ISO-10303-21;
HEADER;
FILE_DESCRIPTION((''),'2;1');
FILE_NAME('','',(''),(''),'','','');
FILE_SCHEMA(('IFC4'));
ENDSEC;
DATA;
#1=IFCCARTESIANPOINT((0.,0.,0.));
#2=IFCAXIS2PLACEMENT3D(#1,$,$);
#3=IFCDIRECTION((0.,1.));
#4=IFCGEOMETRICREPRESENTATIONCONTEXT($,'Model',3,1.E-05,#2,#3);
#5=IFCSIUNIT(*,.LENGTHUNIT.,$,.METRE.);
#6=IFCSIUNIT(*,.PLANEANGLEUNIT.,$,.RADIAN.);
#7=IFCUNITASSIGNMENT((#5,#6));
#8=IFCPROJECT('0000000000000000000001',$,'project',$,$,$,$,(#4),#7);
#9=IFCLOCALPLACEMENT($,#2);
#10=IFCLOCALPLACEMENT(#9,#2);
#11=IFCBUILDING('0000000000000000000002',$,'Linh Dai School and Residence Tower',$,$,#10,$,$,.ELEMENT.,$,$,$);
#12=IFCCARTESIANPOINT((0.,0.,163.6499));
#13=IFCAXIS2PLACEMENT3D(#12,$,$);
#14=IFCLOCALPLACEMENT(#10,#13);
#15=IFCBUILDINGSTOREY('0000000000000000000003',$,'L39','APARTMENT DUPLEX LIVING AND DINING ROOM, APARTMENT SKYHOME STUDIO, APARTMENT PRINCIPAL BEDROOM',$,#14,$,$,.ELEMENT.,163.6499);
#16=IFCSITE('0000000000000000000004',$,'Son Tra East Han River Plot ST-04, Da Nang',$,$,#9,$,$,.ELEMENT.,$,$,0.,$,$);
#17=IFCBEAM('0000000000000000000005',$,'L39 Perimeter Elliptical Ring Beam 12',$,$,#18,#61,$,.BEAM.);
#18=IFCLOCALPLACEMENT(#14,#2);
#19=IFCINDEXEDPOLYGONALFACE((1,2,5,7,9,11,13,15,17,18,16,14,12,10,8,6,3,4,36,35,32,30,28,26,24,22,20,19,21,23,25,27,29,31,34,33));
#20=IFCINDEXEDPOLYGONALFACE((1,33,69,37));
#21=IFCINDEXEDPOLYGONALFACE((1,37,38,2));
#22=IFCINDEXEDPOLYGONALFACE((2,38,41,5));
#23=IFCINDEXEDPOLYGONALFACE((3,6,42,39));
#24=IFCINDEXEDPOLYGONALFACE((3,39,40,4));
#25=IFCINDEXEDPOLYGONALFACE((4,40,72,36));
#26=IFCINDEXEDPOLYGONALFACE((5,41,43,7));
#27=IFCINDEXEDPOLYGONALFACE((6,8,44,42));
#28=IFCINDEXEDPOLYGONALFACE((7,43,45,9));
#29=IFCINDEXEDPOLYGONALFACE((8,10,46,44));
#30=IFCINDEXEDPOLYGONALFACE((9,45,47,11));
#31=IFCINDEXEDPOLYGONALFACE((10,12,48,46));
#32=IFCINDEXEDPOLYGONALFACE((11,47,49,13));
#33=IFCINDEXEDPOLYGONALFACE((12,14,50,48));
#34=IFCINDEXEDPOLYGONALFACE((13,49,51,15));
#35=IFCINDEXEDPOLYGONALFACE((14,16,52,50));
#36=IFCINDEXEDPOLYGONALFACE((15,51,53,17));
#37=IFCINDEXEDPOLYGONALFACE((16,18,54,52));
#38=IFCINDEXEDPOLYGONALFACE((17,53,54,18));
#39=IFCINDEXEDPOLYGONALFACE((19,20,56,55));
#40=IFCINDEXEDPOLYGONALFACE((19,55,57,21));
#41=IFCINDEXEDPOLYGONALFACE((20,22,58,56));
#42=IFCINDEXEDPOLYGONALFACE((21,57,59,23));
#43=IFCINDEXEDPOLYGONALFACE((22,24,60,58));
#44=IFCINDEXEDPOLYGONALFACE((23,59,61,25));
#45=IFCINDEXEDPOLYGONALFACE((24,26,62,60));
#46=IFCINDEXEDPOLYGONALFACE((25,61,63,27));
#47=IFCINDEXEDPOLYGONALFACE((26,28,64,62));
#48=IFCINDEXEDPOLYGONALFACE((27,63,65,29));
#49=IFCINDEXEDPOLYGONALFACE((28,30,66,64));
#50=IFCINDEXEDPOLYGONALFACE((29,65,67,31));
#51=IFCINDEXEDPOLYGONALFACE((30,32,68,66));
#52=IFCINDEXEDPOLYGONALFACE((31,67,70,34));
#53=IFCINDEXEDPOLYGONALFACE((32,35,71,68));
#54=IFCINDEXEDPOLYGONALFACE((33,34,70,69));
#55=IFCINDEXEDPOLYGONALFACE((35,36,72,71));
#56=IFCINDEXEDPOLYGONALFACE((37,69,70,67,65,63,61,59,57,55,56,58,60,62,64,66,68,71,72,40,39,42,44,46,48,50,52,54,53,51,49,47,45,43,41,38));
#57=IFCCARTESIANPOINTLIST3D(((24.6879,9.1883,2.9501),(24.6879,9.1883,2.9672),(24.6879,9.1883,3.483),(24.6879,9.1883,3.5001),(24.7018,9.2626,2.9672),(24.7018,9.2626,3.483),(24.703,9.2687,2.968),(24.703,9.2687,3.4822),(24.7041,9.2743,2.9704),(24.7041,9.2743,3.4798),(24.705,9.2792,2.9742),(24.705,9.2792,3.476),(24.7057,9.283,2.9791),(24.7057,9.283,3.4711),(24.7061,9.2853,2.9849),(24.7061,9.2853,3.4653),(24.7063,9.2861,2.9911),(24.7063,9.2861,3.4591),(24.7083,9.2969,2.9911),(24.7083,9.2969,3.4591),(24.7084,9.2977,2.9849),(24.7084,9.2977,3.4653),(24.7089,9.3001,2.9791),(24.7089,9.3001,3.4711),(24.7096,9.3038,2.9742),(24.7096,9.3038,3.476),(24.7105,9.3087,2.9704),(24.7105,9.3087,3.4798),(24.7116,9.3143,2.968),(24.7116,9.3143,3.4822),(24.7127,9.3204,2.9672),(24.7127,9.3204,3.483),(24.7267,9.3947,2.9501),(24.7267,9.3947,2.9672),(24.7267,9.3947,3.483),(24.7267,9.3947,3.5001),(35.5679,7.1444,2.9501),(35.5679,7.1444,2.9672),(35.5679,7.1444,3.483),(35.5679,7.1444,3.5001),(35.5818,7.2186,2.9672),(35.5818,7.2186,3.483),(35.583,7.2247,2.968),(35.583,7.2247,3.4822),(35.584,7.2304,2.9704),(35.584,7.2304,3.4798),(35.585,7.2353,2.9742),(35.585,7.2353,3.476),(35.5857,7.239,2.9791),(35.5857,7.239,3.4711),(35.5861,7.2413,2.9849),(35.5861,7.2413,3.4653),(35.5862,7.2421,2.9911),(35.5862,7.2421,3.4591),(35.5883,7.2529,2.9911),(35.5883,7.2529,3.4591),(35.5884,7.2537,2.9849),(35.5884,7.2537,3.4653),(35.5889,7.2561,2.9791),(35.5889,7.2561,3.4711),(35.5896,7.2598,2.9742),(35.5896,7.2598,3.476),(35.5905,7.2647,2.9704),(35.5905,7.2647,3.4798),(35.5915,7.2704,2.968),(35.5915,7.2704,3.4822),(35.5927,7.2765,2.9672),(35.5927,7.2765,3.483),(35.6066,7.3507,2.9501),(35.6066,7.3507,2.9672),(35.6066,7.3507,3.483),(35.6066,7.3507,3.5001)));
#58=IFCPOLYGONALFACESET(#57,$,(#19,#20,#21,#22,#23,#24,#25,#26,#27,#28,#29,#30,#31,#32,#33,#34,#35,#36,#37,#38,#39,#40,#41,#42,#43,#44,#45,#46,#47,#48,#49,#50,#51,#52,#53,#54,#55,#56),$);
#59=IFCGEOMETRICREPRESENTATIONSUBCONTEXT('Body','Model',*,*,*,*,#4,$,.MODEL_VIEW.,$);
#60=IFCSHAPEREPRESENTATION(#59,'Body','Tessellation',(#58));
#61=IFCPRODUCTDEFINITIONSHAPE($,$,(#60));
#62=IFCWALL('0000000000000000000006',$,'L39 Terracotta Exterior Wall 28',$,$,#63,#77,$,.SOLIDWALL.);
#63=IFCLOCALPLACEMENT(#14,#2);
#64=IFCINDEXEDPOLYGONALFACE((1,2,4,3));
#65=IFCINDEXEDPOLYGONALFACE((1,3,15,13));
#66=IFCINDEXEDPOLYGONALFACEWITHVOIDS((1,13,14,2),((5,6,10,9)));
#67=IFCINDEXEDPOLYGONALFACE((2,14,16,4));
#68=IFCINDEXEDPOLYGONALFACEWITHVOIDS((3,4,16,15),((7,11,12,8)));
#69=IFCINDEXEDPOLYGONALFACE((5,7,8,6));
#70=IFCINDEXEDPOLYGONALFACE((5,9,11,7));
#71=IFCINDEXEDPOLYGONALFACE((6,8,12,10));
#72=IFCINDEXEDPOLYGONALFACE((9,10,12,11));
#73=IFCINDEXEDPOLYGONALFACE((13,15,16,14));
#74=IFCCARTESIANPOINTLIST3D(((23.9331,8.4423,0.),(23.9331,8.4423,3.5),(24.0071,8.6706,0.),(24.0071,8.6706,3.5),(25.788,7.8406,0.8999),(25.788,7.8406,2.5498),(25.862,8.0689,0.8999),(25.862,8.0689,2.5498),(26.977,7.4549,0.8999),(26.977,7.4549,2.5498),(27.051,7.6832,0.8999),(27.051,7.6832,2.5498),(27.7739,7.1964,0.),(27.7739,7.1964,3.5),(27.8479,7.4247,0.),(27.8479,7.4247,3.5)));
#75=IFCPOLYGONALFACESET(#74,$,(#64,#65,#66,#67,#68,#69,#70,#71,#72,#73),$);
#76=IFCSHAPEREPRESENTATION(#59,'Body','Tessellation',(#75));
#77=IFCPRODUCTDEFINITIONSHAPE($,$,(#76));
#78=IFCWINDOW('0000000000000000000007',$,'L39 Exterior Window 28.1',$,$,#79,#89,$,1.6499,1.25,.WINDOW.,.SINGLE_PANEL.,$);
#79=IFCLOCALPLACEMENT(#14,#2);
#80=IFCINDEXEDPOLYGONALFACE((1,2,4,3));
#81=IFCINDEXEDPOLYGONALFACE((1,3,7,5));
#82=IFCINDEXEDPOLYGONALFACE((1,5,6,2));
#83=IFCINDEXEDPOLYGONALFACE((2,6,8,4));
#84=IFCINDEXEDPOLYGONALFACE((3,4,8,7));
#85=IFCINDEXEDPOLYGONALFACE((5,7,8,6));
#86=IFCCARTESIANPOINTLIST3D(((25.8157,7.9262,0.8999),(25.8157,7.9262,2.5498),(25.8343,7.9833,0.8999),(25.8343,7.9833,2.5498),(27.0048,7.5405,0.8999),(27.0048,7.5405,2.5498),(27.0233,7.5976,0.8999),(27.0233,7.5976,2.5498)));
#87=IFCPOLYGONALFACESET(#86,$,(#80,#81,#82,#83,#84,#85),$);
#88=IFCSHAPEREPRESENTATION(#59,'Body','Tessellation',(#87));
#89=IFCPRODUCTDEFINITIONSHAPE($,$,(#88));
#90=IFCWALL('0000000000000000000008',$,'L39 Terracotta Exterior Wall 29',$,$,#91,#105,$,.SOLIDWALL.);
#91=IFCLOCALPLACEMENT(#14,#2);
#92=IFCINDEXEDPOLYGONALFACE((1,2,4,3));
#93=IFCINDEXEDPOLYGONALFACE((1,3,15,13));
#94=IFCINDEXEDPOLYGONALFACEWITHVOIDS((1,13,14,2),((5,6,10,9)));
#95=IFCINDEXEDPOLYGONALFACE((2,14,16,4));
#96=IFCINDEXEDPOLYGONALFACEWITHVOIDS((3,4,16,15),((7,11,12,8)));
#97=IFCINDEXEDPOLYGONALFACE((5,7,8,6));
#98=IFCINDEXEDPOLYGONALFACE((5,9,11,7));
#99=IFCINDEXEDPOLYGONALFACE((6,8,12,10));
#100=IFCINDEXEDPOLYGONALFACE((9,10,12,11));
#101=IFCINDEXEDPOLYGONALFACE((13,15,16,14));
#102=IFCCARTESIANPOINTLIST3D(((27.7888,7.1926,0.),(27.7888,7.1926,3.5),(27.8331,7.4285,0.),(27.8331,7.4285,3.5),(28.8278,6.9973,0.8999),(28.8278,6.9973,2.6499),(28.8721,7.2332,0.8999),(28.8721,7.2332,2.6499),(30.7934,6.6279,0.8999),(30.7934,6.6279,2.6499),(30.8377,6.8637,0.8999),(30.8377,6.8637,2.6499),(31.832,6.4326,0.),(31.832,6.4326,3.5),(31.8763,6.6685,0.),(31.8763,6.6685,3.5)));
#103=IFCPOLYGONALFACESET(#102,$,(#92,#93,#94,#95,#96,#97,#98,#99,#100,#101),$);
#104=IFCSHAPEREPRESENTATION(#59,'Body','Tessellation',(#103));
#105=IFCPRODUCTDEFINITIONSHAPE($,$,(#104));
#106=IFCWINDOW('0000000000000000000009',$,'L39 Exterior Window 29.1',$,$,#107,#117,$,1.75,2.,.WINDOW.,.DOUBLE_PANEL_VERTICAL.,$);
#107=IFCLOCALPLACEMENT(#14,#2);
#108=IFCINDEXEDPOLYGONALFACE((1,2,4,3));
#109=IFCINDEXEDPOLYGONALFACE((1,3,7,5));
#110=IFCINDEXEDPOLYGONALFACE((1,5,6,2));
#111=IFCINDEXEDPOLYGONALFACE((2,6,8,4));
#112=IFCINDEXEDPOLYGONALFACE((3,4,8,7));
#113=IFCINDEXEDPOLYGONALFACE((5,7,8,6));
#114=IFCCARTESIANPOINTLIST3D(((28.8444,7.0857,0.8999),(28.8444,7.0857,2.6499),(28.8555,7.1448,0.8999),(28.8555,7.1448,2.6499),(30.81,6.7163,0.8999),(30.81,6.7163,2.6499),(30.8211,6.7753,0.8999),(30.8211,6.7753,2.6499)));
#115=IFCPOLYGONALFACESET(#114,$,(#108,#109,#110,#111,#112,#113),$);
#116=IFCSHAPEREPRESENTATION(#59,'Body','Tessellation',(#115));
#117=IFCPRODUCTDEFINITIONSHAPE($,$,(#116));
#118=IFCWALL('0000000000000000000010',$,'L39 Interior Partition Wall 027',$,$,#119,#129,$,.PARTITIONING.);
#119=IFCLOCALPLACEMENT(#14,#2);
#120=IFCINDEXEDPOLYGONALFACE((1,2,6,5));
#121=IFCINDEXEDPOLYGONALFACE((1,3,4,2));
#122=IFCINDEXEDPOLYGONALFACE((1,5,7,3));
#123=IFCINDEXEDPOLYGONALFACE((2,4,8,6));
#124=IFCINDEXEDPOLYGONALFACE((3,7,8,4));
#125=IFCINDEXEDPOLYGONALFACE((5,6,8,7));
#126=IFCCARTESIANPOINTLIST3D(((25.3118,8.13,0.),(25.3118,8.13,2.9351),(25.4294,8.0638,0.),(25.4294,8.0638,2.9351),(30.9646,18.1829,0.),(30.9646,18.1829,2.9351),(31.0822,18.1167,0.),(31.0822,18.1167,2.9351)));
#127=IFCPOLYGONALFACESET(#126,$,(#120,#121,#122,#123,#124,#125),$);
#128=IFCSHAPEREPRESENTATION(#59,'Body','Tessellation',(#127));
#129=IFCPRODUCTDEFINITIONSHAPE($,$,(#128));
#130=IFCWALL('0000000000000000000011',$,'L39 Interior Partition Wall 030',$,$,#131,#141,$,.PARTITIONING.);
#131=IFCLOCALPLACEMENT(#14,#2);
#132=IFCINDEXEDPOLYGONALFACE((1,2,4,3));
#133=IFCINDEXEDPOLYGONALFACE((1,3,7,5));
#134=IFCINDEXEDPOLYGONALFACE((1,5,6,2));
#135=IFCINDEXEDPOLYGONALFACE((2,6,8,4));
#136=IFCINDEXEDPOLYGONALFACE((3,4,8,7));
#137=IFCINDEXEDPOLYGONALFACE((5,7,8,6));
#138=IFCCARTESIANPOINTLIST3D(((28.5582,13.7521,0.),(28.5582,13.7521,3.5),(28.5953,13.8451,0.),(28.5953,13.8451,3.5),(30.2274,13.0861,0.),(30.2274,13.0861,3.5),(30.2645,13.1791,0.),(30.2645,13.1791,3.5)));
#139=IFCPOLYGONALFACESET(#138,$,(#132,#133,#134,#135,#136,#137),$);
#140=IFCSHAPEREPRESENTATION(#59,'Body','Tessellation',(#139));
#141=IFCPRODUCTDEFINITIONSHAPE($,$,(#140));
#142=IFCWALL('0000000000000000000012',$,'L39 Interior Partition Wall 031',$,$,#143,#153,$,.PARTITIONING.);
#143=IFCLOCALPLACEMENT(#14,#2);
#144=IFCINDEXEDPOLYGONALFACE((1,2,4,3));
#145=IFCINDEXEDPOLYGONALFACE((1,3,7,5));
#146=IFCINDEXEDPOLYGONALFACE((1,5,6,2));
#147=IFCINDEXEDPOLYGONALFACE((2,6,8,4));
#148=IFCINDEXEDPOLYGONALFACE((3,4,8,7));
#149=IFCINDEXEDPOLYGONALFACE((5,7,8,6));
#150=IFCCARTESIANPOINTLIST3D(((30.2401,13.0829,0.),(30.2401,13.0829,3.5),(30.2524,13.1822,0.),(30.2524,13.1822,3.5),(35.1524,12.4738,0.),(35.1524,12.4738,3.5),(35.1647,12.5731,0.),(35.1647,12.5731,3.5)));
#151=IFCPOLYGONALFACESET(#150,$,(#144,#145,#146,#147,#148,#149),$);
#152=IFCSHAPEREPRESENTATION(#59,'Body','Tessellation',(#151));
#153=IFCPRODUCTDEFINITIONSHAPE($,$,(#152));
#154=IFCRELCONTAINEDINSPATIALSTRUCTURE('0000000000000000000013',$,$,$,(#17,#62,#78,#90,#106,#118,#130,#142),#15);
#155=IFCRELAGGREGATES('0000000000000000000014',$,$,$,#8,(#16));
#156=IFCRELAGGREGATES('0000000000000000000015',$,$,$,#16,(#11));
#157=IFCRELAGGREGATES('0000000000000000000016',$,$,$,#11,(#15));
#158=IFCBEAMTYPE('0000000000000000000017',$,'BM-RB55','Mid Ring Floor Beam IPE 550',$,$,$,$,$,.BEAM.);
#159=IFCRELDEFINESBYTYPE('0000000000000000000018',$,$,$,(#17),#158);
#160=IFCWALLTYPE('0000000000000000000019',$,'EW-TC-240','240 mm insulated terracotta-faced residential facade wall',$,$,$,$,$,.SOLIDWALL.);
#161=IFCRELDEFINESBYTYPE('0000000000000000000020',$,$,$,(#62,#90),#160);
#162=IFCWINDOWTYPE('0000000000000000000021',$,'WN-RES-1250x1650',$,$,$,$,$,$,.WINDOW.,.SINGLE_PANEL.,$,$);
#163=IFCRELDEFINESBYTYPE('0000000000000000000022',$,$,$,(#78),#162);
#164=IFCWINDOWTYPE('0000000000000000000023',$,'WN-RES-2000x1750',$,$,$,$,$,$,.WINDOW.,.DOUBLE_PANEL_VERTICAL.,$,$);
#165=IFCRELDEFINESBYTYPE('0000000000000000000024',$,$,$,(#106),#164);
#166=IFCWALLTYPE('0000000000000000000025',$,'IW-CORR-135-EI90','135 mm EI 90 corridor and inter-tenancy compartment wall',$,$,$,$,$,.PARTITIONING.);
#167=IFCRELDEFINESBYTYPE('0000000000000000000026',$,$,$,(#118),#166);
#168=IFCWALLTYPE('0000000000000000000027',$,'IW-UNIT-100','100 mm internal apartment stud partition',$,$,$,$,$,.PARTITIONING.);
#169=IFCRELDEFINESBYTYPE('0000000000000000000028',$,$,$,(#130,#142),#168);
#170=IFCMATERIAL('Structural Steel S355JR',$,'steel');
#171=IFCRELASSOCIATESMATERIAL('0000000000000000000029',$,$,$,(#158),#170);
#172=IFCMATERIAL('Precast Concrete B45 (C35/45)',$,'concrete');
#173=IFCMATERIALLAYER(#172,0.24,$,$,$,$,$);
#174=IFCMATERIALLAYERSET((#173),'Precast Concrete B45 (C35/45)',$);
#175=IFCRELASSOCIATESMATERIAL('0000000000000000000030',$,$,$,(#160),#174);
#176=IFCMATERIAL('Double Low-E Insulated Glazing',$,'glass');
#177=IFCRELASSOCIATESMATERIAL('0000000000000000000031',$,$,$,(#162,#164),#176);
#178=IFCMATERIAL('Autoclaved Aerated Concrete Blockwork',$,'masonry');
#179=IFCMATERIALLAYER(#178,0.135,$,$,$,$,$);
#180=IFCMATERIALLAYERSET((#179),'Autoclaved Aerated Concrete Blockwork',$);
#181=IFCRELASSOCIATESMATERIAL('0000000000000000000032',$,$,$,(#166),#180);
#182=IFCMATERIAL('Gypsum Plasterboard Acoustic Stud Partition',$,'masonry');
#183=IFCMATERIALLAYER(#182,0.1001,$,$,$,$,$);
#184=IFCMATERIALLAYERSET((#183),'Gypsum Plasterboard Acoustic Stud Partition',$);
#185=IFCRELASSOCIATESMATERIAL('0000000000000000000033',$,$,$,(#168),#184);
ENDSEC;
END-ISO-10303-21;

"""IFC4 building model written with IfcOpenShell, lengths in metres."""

from ifc_helpers import new_model, si_unit, direction, frame, frame_2d, origin, origin_2d, place, context, subcontext, project, spatial, rectangle, i_section, extrude, source, transform, mapped, material, layer, layer_set, material_profile, profile_set, type_object, element, fill, save


model = new_model("IFC4")

# Units and contexts
model_context = context("Model", 3, precision=1e-05, world=origin(), true_north=direction((0.0, 1.0)))
body_context = subcontext(model_context, "Body", "Model", "MODEL_VIEW")
ifc_project = project(units=[si_unit("LENGTHUNIT", "METRE"), si_unit("PLANEANGLEUNIT", "RADIAN")], contexts=[model_context])

# Site, building, storey
site_placement = place(None, origin())
site = spatial("IfcSite", under=ifc_project, at=site_placement, Name="Son Tra East Han River Plot ST-04, Da Nang", CompositionType="ELEMENT", RefElevation=0.0)
building_placement = place(site_placement, origin())
building = spatial("IfcBuilding", under=site, at=building_placement, Name="Linh Dai School and Residence Tower", CompositionType="ELEMENT")
storey_placement = place(building_placement, frame((0.0, 0.0, 163.6499)))
storey = spatial("IfcBuildingStorey", under=building, at=storey_placement, Name="L39", Description="APARTMENT DUPLEX LIVING AND DINING ROOM, APARTMENT SKYHOME STUDIO, APARTMENT PRINCIPAL BEDROOM", CompositionType="ELEMENT", Elevation=163.6499)

# Beam
ifc_material_1 = material(Name="Structural Steel S355JR", Category="steel")
ifc_material_profile = material_profile(ifc_material_1, i_section(OverallWidth=0.21, OverallDepth=0.55, WebThickness=0.011, FlangeThickness=0.0171, FilletRadius=0.0239, at=origin_2d()), Name="IPE 550")
ifc_profile_set = profile_set([ifc_material_profile], Name="Structural Steel S355JR")
beam_type = type_object("IfcBeamType", Name="BM-RB55", Description="Mid Ring Floor Beam IPE 550", PredefinedType="BEAM", material=ifc_profile_set)
beam_placement = place(storey_placement, frame((24.7073, 9.2915, 3.2251), z_axis=(0.982807, -0.184635, 0.0), x_axis=(0.184635, 0.982807, 0.0)))
element("IfcBeam", 1, at=beam_placement, inside=storey, type_object=beam_type, Name="L39 Perimeter Elliptical Ring Beam 12", PredefinedType="BEAM", context=body_context, shape_type="SweptSolid", body=[
    extrude(i_section(OverallWidth=0.21, OverallDepth=0.55, WebThickness=0.011, FlangeThickness=0.0171, FilletRadius=0.0239, at=origin_2d()), origin(), (0.0, 0.0, 1.0), 11.0703),
])

# Walls, openings, windows
ifc_material_2 = material(Name="Precast Concrete B45 (C35/45)", Category="concrete")
ifc_layer_1 = layer(ifc_material_2, 0.24)
ifc_layer_set_1 = layer_set([ifc_layer_1], Name="Precast Concrete B45 (C35/45)")
wall_type_1 = type_object("IfcWallType", Name="EW-TC-240", Description="240 mm insulated terracotta-faced residential facade wall", PredefinedType="SOLIDWALL", material=ifc_layer_set_1)
wall_1_placement = place(storey_placement, frame((27.811, 7.3105, 0.0), z_axis=(0.0, 0.0, 1.0), x_axis=(-0.95121, 0.308545, 0.0)))
wall_1 = element("IfcWall", 2, at=wall_1_placement, inside=storey, type_object=wall_type_1, Name="L39 Terracotta Exterior Wall 28", PredefinedType="SOLIDWALL", context=body_context, shape_type="SweptSolid", body=[
    extrude(rectangle(XDim=4.0378, YDim=0.24, at=frame_2d((2.019, 0.0))), origin(), (0.0, 0.0, 1.0), 3.5),
])
opening_1_placement = place(wall_1_placement, frame((0.8379, 0.0, 0.8999)))
opening_1 = element("IfcOpeningElement", 3, at=opening_1_placement, cuts=wall_1, PredefinedType="OPENING", context=body_context, shape_type="SweptSolid", body=[
    extrude(rectangle(XDim=1.25, YDim=1.6499, at=origin_2d()), frame((0.625, 0.1299, 0.825), z_axis=(0.0, -1.0, 0.0), x_axis=(1.0, 0.0, 0.0)), (0.0, 0.0, 1.0), 0.26),
])
ifc_material_3 = material(Name="Double Low-E Insulated Glazing", Category="glass")
window_type_1 = type_object("IfcWindowType", Name="WN-RES-1250x1650", PartitioningType="SINGLE_PANEL", PredefinedType="WINDOW", material=ifc_material_3)
shared_shape_1 = source(origin(), body_context, "Body", "SweptSolid", [
    extrude(rectangle(XDim=1.25, YDim=1.6499, at=origin_2d()), frame((0.625, 0.03, 0.825), z_axis=(0.0, -1.0, 0.0), x_axis=(1.0, 0.0, 0.0)), (0.0, 0.0, 1.0), 0.0601),
])
window_1_placement = place(opening_1_placement, origin())
window_1 = element("IfcWindow", 4, at=window_1_placement, inside=storey, type_object=window_type_1, Name="L39 Exterior Window 28.1", OverallHeight=1.6499, OverallWidth=1.25, PartitioningType="SINGLE_PANEL", PredefinedType="WINDOW", context=body_context, shape_type="MappedRepresentation", body=[
    mapped(shared_shape_1, transform((0.0, 0.0, 0.0), x_axis=(1.0, 0.0, 0.0), y_axis=(0.0, 1.0, 0.0), z_axis=(0.0, 0.0, 1.0), scale=1.0)),
])
fill(opening_1, window_1)
wall_2_placement = place(storey_placement, frame((31.8542, 6.5505, 0.0), z_axis=(0.0, 0.0, 1.0), x_axis=(-0.982788, 0.184736, 0.0)))
wall_2 = element("IfcWall", 5, at=wall_2_placement, inside=storey, type_object=wall_type_1, Name="L39 Terracotta Exterior Wall 29", PredefinedType="SOLIDWALL", context=body_context, shape_type="SweptSolid", body=[
    extrude(rectangle(XDim=4.114, YDim=0.24, at=frame_2d((2.0571, 0.0))), origin(), (0.0, 0.0, 1.0), 3.5),
])
opening_2_placement = place(wall_2_placement, frame((1.0569, 0.0, 0.8999)))
opening_2 = element("IfcOpeningElement", 6, at=opening_2_placement, cuts=wall_2, PredefinedType="OPENING", context=body_context, shape_type="SweptSolid", body=[
    extrude(rectangle(XDim=2.0, YDim=1.75, at=origin_2d()), frame((1.0, 0.1299, 0.875), z_axis=(0.0, -1.0, 0.0), x_axis=(1.0, 0.0, 0.0)), (0.0, 0.0, 1.0), 0.26),
])
window_type_2 = type_object("IfcWindowType", Name="WN-RES-2000x1750", PartitioningType="DOUBLE_PANEL_VERTICAL", PredefinedType="WINDOW", material=ifc_material_3)
shared_shape_2 = source(origin(), body_context, "Body", "SweptSolid", [
    extrude(rectangle(XDim=2.0, YDim=1.75, at=origin_2d()), frame((1.0, 0.03, 0.875), z_axis=(0.0, -1.0, 0.0), x_axis=(1.0, 0.0, 0.0)), (0.0, 0.0, 1.0), 0.0601),
])
window_2_placement = place(opening_2_placement, origin())
window_2 = element("IfcWindow", 7, at=window_2_placement, inside=storey, type_object=window_type_2, Name="L39 Exterior Window 29.1", OverallHeight=1.75, OverallWidth=2.0, PartitioningType="DOUBLE_PANEL_VERTICAL", PredefinedType="WINDOW", context=body_context, shape_type="MappedRepresentation", body=[
    mapped(shared_shape_2, transform((0.0, 0.0, 0.0), x_axis=(1.0, 0.0, 0.0), y_axis=(0.0, 1.0, 0.0), z_axis=(0.0, 0.0, 1.0), scale=1.0)),
])
fill(opening_2, window_2)

# Walls
ifc_material_4 = material(Name="Autoclaved Aerated Concrete Blockwork", Category="masonry")
ifc_layer_2 = layer(ifc_material_4, 0.135)
ifc_layer_set_2 = layer_set([ifc_layer_2], Name="Autoclaved Aerated Concrete Blockwork")
wall_type_2 = type_object("IfcWallType", Name="IW-CORR-135-EI90", Description="135 mm EI 90 corridor and inter-tenancy compartment wall", PredefinedType="PARTITIONING", material=ifc_layer_set_2)
wall_3_placement = place(storey_placement, frame((25.3706, 8.0969, 0.0), z_axis=(0.0, 0.0, 1.0), x_axis=(0.490132, 0.871648, 0.0)))
element("IfcWall", 8, at=wall_3_placement, inside=storey, type_object=wall_type_2, Name="L39 Interior Partition Wall 027", PredefinedType="PARTITIONING", context=body_context, shape_type="SweptSolid", body=[
    extrude(rectangle(XDim=11.5332, YDim=0.135, at=frame_2d((5.7666, 0.0))), origin(), (0.0, 0.0, 1.0), 2.9351),
])
ifc_material_5 = material(Name="Gypsum Plasterboard Acoustic Stud Partition", Category="masonry")
ifc_layer_3 = layer(ifc_material_5, 0.1001)
ifc_layer_set_3 = layer_set([ifc_layer_3], Name="Gypsum Plasterboard Acoustic Stud Partition")
wall_type_3 = type_object("IfcWallType", Name="IW-UNIT-100", Description="100 mm internal apartment stud partition", PredefinedType="PARTITIONING", material=ifc_layer_set_3)
wall_4_placement = place(storey_placement, frame((28.5769, 13.7986, 0.0), z_axis=(0.0, 0.0, 1.0), x_axis=(0.928795, -0.370594, 0.0)))
element("IfcWall", 9, at=wall_4_placement, inside=storey, type_object=wall_type_3, Name="L39 Interior Partition Wall 030", PredefinedType="PARTITIONING", context=body_context, shape_type="SweptSolid", body=[
    extrude(rectangle(XDim=1.7971, YDim=0.1001, at=frame_2d((0.8984, 0.0))), origin(), (0.0, 0.0, 1.0), 3.5),
])
wall_5_placement = place(storey_placement, frame((30.2461, 13.1326, 0.0), z_axis=(0.0, 0.0, 1.0), x_axis=(0.9924, -0.123057, 0.0)))
element("IfcWall", 10, at=wall_5_placement, inside=storey, type_object=wall_type_3, Name="L39 Interior Partition Wall 031", PredefinedType="PARTITIONING", context=body_context, shape_type="SweptSolid", body=[
    extrude(rectangle(XDim=4.95, YDim=0.1001, at=frame_2d((2.4751, 0.0))), origin(), (0.0, 0.0, 1.0), 3.5),
])

save(model, "model.ifc")
